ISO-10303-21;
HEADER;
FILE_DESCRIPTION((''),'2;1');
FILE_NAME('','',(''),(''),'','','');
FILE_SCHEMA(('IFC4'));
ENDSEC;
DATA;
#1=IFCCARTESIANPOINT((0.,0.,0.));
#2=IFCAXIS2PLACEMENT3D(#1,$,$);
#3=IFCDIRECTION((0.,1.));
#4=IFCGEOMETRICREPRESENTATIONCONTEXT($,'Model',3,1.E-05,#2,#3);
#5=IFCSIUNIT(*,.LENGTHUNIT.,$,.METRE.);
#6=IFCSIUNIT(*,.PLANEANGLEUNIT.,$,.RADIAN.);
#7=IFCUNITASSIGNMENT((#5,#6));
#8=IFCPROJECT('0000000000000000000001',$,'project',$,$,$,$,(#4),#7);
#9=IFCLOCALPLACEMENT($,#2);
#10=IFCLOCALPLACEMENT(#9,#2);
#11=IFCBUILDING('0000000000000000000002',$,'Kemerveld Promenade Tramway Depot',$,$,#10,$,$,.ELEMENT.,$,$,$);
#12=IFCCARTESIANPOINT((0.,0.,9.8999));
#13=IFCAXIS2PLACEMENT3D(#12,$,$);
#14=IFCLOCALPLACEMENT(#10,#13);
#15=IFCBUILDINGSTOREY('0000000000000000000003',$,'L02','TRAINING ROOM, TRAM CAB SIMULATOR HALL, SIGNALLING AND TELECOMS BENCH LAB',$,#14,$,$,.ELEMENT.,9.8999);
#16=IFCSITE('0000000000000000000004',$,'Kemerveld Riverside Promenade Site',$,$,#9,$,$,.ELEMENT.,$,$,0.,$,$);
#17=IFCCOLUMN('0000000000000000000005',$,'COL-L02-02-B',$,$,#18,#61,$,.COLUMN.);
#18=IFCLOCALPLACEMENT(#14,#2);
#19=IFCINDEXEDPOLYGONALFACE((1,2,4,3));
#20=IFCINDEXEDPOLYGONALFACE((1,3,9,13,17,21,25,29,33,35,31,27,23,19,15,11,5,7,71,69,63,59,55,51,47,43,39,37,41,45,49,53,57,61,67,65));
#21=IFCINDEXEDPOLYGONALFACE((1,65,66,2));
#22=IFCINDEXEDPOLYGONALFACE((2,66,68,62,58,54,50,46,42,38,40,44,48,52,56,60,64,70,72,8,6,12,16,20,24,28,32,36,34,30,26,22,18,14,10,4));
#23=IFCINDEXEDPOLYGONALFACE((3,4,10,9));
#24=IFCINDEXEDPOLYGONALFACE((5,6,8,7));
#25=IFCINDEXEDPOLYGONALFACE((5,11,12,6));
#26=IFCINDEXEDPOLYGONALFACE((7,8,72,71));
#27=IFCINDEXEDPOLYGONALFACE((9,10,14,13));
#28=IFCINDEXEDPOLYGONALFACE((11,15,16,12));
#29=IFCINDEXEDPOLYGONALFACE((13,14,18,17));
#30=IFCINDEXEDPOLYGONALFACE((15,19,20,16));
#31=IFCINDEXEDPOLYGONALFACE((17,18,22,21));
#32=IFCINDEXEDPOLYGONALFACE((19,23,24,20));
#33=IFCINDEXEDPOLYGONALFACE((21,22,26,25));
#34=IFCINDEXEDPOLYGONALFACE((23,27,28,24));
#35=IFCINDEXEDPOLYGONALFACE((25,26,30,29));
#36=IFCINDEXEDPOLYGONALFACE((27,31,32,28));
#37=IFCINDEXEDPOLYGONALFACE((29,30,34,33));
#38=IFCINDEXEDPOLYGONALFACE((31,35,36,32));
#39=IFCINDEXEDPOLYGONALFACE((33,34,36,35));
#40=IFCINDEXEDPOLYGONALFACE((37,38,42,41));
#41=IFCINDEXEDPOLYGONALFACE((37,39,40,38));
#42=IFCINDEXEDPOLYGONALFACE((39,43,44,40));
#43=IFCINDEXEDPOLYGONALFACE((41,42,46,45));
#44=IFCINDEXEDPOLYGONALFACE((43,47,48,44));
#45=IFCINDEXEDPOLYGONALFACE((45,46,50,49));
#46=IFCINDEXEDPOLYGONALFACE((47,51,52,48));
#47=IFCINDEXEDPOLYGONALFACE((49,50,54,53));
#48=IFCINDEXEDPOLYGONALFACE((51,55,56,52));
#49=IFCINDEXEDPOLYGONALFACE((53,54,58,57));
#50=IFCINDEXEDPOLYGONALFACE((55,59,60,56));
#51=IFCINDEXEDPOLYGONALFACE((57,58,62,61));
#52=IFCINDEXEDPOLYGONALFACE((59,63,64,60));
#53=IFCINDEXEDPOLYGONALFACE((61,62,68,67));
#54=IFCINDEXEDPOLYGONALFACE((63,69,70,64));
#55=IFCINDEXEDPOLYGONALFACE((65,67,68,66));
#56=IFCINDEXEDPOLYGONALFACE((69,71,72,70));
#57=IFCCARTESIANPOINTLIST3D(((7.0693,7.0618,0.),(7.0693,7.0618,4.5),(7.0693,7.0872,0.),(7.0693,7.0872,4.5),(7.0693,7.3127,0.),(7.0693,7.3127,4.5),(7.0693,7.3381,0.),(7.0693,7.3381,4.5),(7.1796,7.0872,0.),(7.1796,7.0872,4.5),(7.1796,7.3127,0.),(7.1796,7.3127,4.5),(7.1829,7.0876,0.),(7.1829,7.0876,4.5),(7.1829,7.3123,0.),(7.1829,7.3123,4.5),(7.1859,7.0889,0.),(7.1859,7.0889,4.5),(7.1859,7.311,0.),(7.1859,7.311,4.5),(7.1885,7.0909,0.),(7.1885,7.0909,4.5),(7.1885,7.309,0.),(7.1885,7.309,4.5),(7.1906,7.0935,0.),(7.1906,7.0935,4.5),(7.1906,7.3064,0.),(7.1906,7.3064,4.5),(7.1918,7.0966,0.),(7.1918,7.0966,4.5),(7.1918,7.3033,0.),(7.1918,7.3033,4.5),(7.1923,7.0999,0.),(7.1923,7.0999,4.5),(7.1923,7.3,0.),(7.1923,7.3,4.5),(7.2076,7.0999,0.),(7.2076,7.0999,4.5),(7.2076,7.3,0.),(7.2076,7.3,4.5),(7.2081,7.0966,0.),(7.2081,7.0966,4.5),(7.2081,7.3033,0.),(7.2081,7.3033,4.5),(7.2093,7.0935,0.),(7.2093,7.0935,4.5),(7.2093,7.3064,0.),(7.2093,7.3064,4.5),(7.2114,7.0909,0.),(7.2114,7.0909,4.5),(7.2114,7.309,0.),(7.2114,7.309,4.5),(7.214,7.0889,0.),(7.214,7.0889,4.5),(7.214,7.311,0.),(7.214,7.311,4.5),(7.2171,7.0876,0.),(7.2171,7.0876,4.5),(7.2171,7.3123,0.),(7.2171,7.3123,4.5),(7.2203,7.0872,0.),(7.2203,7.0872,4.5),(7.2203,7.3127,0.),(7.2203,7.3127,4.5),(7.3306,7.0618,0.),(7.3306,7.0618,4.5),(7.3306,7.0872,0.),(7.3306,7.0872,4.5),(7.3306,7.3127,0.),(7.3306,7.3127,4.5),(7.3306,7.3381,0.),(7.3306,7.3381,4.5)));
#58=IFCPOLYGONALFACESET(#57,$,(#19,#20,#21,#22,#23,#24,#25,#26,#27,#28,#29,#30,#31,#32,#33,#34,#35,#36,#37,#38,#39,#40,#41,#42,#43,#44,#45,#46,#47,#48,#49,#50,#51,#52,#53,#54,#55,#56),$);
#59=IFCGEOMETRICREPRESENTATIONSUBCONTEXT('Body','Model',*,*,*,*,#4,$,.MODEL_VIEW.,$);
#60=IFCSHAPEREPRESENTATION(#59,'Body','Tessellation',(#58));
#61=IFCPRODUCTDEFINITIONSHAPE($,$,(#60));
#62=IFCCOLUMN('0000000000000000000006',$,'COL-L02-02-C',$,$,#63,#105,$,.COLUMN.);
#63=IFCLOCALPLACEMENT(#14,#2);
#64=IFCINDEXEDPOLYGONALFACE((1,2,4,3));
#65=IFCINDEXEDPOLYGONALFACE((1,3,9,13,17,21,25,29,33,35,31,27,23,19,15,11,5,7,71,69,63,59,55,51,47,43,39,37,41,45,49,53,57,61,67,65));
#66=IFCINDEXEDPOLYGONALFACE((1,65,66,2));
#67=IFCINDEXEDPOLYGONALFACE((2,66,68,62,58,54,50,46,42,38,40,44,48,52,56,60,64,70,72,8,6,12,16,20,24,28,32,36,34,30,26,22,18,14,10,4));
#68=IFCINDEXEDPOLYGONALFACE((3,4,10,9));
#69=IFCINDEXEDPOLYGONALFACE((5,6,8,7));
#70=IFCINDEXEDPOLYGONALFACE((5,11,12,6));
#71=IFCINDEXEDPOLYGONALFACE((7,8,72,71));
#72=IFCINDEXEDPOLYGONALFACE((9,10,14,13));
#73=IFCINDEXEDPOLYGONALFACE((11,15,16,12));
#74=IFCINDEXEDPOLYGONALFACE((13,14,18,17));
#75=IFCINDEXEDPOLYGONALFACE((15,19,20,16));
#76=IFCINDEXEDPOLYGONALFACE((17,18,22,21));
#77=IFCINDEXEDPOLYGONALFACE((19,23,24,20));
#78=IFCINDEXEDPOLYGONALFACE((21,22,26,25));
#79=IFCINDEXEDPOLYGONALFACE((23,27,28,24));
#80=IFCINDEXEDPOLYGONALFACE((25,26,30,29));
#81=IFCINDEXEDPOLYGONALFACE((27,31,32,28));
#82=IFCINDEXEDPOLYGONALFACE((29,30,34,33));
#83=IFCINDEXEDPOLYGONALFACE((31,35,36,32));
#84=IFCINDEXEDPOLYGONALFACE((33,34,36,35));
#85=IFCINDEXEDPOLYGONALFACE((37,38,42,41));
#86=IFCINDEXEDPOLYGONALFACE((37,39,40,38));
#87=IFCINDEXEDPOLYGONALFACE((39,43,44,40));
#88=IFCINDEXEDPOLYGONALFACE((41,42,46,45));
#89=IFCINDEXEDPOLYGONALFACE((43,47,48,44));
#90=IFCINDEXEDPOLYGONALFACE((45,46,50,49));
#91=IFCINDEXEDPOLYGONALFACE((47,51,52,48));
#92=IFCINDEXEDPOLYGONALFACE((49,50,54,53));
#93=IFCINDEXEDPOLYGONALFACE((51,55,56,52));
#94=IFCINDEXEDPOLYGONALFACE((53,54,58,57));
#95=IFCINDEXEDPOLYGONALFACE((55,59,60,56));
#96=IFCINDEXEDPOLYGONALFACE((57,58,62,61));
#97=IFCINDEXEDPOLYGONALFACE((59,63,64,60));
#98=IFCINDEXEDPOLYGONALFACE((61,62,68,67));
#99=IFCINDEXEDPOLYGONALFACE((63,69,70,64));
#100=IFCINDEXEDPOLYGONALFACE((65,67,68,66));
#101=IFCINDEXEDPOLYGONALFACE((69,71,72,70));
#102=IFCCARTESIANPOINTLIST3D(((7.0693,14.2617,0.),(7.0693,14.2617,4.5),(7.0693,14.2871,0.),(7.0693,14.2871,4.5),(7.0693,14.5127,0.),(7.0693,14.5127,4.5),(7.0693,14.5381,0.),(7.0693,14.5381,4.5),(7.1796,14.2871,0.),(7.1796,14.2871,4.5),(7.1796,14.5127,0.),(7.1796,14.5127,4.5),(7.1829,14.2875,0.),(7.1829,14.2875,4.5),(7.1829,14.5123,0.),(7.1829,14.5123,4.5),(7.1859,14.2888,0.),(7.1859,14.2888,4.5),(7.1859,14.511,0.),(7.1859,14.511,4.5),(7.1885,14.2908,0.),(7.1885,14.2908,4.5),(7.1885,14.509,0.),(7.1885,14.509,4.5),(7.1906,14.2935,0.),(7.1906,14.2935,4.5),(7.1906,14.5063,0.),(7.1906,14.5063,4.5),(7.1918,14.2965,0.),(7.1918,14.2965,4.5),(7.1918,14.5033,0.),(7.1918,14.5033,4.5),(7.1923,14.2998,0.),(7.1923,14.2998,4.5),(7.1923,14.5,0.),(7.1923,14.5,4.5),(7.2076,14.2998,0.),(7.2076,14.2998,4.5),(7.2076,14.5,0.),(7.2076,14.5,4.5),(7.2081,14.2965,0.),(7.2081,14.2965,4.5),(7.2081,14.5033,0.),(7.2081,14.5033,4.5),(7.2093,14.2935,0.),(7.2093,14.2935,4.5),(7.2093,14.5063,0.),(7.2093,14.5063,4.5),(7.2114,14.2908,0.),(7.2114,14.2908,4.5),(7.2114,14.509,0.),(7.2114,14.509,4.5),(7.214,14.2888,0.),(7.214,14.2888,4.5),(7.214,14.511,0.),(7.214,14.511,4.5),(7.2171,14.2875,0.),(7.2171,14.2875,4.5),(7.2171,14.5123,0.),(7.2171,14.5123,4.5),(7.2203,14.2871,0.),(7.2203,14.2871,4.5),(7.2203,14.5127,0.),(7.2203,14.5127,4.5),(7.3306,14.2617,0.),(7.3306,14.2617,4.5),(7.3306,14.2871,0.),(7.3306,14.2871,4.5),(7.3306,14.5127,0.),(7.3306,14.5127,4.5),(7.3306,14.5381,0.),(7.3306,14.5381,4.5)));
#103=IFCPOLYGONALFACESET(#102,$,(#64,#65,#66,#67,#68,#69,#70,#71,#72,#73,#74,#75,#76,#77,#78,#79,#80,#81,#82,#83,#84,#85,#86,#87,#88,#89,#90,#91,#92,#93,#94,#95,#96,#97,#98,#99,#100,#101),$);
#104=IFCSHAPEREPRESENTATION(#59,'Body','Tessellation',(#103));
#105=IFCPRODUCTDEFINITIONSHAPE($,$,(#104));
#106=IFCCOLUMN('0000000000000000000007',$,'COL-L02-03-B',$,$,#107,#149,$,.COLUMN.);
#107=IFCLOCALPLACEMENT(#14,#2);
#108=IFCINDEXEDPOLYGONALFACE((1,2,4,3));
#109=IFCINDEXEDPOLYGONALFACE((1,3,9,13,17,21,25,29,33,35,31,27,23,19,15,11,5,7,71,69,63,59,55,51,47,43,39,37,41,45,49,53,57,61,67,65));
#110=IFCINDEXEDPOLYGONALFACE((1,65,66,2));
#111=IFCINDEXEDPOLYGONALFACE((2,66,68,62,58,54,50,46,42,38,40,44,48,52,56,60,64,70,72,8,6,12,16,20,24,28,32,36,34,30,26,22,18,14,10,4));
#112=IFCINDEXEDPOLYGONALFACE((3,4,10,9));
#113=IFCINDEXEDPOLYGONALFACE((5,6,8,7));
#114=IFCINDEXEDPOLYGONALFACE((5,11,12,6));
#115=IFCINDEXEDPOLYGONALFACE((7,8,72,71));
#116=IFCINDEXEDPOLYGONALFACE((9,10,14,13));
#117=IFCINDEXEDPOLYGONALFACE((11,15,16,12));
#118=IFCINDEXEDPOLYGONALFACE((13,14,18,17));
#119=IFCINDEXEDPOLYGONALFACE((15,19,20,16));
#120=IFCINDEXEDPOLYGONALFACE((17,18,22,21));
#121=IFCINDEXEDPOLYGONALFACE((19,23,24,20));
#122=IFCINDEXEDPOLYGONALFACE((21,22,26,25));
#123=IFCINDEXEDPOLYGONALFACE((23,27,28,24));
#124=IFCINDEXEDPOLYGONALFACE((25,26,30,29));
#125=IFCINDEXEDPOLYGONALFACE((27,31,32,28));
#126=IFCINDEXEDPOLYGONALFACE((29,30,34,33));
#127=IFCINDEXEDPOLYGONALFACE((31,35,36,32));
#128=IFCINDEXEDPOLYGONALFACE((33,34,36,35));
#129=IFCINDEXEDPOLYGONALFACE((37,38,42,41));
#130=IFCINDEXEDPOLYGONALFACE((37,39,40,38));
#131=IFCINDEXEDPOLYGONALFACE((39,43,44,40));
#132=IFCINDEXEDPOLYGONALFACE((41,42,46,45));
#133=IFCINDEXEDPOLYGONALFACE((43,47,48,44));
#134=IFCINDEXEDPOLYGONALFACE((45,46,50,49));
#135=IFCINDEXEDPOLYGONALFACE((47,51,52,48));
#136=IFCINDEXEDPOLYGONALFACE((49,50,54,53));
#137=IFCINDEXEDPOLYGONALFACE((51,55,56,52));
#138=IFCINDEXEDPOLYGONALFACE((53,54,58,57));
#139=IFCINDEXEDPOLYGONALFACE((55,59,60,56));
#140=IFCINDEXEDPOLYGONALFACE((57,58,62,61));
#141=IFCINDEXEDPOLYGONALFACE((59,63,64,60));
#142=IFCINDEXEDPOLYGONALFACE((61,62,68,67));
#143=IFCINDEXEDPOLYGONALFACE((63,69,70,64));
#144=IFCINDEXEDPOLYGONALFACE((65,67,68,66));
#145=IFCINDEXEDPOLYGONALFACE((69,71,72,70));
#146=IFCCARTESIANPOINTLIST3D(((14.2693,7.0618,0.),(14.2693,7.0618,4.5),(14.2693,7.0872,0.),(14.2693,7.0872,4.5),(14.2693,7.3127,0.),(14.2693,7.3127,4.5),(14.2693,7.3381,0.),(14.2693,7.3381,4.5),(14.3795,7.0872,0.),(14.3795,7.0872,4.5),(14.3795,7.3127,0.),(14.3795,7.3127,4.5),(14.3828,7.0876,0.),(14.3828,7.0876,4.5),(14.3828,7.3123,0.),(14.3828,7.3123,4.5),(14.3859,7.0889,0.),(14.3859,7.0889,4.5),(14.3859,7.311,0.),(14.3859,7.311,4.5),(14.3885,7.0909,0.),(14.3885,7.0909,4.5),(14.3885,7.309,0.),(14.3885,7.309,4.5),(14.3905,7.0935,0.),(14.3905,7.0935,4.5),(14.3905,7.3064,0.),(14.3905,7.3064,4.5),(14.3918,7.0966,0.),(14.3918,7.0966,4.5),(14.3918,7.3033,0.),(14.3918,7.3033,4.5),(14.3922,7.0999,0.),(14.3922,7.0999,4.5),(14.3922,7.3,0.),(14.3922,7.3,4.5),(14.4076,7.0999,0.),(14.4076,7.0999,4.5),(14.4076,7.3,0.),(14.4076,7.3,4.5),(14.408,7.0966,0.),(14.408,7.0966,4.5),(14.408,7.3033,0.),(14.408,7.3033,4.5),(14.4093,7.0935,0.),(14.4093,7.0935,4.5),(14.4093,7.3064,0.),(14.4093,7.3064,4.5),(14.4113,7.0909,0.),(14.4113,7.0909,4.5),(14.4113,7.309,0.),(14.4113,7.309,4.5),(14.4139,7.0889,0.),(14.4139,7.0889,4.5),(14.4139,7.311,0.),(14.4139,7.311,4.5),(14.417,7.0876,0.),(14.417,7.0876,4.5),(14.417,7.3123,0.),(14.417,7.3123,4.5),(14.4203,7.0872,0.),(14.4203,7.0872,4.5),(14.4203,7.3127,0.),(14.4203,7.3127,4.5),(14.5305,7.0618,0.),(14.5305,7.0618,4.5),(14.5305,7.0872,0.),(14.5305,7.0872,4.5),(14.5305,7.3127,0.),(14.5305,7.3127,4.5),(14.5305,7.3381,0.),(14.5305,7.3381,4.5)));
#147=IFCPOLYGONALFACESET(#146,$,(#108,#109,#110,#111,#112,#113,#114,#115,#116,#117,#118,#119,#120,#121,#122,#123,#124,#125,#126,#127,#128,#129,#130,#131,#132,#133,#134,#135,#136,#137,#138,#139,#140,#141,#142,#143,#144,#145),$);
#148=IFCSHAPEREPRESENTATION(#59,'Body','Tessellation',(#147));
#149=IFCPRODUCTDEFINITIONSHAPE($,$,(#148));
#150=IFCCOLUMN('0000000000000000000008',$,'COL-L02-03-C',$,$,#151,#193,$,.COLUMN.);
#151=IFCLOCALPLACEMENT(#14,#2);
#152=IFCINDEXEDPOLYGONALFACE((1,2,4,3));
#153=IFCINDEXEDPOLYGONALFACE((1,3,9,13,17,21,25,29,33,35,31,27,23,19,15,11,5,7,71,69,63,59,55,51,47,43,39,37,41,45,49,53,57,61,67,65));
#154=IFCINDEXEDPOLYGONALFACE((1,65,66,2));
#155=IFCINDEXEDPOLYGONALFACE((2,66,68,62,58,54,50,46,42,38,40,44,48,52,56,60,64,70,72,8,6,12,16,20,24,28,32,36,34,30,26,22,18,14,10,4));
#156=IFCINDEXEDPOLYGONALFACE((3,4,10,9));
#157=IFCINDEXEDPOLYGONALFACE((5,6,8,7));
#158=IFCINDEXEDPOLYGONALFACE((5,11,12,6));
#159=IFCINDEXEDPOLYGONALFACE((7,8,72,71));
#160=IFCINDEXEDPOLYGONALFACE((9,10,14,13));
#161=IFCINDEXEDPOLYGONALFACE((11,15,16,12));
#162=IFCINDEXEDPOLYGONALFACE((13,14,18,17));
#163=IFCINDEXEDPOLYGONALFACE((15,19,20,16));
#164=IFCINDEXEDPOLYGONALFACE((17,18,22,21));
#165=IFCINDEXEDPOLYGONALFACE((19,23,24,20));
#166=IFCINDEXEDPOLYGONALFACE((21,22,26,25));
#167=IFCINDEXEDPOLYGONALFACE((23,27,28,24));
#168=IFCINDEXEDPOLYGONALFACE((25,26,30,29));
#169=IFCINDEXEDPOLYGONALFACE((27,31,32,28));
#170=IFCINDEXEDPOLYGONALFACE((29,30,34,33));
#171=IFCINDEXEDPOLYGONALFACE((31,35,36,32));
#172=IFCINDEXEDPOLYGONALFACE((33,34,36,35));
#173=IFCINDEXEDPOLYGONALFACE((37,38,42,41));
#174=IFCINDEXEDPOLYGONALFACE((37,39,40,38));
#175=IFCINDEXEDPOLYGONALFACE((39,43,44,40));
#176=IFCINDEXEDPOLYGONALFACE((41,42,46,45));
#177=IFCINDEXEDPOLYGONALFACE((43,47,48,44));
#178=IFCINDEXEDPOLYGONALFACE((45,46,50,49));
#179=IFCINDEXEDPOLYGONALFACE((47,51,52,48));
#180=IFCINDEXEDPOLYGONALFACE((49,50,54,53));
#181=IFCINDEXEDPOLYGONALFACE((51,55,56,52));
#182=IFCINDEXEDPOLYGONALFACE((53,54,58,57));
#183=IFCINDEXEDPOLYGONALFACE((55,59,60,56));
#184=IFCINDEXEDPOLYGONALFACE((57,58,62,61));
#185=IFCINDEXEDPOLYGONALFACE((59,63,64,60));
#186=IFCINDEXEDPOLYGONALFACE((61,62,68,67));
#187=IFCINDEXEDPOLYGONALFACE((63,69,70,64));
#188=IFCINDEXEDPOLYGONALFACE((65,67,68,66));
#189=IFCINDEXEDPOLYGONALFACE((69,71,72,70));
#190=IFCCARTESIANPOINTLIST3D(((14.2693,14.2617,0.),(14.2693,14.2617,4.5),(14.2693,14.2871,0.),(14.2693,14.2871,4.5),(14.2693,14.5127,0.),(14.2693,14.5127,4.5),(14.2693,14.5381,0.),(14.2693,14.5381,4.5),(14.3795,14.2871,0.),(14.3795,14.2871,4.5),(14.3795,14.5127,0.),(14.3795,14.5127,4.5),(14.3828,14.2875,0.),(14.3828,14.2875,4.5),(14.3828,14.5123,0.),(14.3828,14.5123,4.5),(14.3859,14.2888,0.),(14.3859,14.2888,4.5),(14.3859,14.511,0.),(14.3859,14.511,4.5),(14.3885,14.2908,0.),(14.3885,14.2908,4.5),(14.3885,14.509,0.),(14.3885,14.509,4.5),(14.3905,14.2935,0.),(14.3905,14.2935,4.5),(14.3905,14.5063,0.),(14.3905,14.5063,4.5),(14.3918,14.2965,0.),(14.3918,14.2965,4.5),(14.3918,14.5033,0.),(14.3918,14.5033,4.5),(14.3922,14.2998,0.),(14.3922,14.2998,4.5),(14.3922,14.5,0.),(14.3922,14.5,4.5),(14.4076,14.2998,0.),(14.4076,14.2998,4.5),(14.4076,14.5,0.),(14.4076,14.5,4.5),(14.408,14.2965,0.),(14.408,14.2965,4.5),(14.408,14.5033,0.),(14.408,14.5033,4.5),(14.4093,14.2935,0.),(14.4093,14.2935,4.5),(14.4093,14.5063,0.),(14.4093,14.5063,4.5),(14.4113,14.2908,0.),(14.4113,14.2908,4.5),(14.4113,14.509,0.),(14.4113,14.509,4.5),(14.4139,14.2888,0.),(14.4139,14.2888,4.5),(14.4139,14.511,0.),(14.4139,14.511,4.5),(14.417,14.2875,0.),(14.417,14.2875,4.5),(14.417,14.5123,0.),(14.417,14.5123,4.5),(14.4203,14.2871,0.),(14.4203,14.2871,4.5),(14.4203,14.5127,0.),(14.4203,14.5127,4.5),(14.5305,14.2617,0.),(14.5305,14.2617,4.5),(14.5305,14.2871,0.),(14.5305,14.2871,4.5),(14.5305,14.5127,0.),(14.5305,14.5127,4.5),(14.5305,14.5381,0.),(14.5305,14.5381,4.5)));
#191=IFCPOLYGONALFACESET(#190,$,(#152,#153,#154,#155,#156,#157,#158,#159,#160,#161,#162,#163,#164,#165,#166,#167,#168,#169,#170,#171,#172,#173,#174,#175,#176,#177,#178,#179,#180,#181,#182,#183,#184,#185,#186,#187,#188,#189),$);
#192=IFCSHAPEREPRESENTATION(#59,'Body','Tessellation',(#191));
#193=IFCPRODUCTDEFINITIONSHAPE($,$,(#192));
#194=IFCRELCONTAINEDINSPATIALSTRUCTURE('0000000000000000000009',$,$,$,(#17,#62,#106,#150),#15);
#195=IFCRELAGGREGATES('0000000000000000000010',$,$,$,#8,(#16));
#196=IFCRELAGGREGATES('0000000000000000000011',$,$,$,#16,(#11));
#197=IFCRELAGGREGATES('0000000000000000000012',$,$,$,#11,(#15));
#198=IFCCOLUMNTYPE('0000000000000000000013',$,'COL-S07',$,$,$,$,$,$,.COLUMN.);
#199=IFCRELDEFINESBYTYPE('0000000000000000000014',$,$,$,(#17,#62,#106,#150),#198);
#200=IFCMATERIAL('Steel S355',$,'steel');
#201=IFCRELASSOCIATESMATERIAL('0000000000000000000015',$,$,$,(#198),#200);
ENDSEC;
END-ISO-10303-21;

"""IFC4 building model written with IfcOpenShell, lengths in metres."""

from ifc_helpers import new_model, si_unit, direction, frame, origin, origin_2d, place, context, subcontext, project, spatial, i_section, extrude, material, material_profile, profile_set, type_object, element, save


model = new_model("IFC4")

# Units and contexts
model_context = context("Model", 3, precision=1e-05, world=origin(), true_north=direction((0.0, 1.0)))
body_context = subcontext(model_context, "Body", "Model", "MODEL_VIEW")
ifc_project = project(units=[si_unit("LENGTHUNIT", "METRE"), si_unit("PLANEANGLEUNIT", "RADIAN")], contexts=[model_context])

# Site, building, storey
site_placement = place(None, origin())
site = spatial("IfcSite", under=ifc_project, at=site_placement, Name="Kemerveld Riverside Promenade Site", CompositionType="ELEMENT", RefElevation=0.0)
building_placement = place(site_placement, origin())
building = spatial("IfcBuilding", under=site, at=building_placement, Name="Kemerveld Promenade Tramway Depot", CompositionType="ELEMENT")
storey_placement = place(building_placement, frame((0.0, 0.0, 9.8999)))
storey = spatial("IfcBuildingStorey", under=building, at=storey_placement, Name="L02", Description="TRAINING ROOM, TRAM CAB SIMULATOR HALL, SIGNALLING AND TELECOMS BENCH LAB", CompositionType="ELEMENT", Elevation=9.8999)

# Columns
ifc_material_1 = material(Name="Steel S355", Category="steel")
ifc_material_profile_1 = material_profile(ifc_material_1, i_section(OverallWidth=0.2612, OverallDepth=0.2764, WebThickness=0.0154, FlangeThickness=0.0254, FilletRadius=0.0127, at=origin_2d()), Name="254x254x132 UC")
ifc_profile_set_1 = profile_set([ifc_material_profile_1], Name="Steel S355")
column_type = type_object("IfcColumnType", Name="COL-S07", PredefinedType="COLUMN", material=ifc_profile_set_1)
for number, where, z_axis, x_axis, name in (
    (1, (7.2, 7.2, 0.0), (0.0, 0.0, 1.0), (1.0, 0.0, 0.0), "COL-L02-02-B"),
    (2, (7.2, 14.3999, 0.0), (0.0, 0.0, 1.0), (1.0, 0.0, 0.0), "COL-L02-02-C"),
    (3, (14.3999, 7.2, 0.0), (0.0, 0.0, 1.0), (1.0, 0.0, 0.0), "COL-L02-03-B"),
    (4, (14.3999, 14.3999, 0.0), (0.0, 0.0, 1.0), (1.0, 0.0, 0.0), "COL-L02-03-C"),
):
    element("IfcColumn", number, at=place(storey_placement, frame(where, z_axis=z_axis, x_axis=x_axis)), inside=storey, type_object=column_type, Name=name, PredefinedType="COLUMN", context=body_context, shape_type="SweptSolid", body=[
        extrude(i_section(OverallWidth=0.2612, OverallDepth=0.2764, WebThickness=0.0154, FlangeThickness=0.0254, FilletRadius=0.0127, at=origin_2d()), origin(), (0.0, 0.0, 1.0), 4.5),
    ])

save(model, "model.ifc")
